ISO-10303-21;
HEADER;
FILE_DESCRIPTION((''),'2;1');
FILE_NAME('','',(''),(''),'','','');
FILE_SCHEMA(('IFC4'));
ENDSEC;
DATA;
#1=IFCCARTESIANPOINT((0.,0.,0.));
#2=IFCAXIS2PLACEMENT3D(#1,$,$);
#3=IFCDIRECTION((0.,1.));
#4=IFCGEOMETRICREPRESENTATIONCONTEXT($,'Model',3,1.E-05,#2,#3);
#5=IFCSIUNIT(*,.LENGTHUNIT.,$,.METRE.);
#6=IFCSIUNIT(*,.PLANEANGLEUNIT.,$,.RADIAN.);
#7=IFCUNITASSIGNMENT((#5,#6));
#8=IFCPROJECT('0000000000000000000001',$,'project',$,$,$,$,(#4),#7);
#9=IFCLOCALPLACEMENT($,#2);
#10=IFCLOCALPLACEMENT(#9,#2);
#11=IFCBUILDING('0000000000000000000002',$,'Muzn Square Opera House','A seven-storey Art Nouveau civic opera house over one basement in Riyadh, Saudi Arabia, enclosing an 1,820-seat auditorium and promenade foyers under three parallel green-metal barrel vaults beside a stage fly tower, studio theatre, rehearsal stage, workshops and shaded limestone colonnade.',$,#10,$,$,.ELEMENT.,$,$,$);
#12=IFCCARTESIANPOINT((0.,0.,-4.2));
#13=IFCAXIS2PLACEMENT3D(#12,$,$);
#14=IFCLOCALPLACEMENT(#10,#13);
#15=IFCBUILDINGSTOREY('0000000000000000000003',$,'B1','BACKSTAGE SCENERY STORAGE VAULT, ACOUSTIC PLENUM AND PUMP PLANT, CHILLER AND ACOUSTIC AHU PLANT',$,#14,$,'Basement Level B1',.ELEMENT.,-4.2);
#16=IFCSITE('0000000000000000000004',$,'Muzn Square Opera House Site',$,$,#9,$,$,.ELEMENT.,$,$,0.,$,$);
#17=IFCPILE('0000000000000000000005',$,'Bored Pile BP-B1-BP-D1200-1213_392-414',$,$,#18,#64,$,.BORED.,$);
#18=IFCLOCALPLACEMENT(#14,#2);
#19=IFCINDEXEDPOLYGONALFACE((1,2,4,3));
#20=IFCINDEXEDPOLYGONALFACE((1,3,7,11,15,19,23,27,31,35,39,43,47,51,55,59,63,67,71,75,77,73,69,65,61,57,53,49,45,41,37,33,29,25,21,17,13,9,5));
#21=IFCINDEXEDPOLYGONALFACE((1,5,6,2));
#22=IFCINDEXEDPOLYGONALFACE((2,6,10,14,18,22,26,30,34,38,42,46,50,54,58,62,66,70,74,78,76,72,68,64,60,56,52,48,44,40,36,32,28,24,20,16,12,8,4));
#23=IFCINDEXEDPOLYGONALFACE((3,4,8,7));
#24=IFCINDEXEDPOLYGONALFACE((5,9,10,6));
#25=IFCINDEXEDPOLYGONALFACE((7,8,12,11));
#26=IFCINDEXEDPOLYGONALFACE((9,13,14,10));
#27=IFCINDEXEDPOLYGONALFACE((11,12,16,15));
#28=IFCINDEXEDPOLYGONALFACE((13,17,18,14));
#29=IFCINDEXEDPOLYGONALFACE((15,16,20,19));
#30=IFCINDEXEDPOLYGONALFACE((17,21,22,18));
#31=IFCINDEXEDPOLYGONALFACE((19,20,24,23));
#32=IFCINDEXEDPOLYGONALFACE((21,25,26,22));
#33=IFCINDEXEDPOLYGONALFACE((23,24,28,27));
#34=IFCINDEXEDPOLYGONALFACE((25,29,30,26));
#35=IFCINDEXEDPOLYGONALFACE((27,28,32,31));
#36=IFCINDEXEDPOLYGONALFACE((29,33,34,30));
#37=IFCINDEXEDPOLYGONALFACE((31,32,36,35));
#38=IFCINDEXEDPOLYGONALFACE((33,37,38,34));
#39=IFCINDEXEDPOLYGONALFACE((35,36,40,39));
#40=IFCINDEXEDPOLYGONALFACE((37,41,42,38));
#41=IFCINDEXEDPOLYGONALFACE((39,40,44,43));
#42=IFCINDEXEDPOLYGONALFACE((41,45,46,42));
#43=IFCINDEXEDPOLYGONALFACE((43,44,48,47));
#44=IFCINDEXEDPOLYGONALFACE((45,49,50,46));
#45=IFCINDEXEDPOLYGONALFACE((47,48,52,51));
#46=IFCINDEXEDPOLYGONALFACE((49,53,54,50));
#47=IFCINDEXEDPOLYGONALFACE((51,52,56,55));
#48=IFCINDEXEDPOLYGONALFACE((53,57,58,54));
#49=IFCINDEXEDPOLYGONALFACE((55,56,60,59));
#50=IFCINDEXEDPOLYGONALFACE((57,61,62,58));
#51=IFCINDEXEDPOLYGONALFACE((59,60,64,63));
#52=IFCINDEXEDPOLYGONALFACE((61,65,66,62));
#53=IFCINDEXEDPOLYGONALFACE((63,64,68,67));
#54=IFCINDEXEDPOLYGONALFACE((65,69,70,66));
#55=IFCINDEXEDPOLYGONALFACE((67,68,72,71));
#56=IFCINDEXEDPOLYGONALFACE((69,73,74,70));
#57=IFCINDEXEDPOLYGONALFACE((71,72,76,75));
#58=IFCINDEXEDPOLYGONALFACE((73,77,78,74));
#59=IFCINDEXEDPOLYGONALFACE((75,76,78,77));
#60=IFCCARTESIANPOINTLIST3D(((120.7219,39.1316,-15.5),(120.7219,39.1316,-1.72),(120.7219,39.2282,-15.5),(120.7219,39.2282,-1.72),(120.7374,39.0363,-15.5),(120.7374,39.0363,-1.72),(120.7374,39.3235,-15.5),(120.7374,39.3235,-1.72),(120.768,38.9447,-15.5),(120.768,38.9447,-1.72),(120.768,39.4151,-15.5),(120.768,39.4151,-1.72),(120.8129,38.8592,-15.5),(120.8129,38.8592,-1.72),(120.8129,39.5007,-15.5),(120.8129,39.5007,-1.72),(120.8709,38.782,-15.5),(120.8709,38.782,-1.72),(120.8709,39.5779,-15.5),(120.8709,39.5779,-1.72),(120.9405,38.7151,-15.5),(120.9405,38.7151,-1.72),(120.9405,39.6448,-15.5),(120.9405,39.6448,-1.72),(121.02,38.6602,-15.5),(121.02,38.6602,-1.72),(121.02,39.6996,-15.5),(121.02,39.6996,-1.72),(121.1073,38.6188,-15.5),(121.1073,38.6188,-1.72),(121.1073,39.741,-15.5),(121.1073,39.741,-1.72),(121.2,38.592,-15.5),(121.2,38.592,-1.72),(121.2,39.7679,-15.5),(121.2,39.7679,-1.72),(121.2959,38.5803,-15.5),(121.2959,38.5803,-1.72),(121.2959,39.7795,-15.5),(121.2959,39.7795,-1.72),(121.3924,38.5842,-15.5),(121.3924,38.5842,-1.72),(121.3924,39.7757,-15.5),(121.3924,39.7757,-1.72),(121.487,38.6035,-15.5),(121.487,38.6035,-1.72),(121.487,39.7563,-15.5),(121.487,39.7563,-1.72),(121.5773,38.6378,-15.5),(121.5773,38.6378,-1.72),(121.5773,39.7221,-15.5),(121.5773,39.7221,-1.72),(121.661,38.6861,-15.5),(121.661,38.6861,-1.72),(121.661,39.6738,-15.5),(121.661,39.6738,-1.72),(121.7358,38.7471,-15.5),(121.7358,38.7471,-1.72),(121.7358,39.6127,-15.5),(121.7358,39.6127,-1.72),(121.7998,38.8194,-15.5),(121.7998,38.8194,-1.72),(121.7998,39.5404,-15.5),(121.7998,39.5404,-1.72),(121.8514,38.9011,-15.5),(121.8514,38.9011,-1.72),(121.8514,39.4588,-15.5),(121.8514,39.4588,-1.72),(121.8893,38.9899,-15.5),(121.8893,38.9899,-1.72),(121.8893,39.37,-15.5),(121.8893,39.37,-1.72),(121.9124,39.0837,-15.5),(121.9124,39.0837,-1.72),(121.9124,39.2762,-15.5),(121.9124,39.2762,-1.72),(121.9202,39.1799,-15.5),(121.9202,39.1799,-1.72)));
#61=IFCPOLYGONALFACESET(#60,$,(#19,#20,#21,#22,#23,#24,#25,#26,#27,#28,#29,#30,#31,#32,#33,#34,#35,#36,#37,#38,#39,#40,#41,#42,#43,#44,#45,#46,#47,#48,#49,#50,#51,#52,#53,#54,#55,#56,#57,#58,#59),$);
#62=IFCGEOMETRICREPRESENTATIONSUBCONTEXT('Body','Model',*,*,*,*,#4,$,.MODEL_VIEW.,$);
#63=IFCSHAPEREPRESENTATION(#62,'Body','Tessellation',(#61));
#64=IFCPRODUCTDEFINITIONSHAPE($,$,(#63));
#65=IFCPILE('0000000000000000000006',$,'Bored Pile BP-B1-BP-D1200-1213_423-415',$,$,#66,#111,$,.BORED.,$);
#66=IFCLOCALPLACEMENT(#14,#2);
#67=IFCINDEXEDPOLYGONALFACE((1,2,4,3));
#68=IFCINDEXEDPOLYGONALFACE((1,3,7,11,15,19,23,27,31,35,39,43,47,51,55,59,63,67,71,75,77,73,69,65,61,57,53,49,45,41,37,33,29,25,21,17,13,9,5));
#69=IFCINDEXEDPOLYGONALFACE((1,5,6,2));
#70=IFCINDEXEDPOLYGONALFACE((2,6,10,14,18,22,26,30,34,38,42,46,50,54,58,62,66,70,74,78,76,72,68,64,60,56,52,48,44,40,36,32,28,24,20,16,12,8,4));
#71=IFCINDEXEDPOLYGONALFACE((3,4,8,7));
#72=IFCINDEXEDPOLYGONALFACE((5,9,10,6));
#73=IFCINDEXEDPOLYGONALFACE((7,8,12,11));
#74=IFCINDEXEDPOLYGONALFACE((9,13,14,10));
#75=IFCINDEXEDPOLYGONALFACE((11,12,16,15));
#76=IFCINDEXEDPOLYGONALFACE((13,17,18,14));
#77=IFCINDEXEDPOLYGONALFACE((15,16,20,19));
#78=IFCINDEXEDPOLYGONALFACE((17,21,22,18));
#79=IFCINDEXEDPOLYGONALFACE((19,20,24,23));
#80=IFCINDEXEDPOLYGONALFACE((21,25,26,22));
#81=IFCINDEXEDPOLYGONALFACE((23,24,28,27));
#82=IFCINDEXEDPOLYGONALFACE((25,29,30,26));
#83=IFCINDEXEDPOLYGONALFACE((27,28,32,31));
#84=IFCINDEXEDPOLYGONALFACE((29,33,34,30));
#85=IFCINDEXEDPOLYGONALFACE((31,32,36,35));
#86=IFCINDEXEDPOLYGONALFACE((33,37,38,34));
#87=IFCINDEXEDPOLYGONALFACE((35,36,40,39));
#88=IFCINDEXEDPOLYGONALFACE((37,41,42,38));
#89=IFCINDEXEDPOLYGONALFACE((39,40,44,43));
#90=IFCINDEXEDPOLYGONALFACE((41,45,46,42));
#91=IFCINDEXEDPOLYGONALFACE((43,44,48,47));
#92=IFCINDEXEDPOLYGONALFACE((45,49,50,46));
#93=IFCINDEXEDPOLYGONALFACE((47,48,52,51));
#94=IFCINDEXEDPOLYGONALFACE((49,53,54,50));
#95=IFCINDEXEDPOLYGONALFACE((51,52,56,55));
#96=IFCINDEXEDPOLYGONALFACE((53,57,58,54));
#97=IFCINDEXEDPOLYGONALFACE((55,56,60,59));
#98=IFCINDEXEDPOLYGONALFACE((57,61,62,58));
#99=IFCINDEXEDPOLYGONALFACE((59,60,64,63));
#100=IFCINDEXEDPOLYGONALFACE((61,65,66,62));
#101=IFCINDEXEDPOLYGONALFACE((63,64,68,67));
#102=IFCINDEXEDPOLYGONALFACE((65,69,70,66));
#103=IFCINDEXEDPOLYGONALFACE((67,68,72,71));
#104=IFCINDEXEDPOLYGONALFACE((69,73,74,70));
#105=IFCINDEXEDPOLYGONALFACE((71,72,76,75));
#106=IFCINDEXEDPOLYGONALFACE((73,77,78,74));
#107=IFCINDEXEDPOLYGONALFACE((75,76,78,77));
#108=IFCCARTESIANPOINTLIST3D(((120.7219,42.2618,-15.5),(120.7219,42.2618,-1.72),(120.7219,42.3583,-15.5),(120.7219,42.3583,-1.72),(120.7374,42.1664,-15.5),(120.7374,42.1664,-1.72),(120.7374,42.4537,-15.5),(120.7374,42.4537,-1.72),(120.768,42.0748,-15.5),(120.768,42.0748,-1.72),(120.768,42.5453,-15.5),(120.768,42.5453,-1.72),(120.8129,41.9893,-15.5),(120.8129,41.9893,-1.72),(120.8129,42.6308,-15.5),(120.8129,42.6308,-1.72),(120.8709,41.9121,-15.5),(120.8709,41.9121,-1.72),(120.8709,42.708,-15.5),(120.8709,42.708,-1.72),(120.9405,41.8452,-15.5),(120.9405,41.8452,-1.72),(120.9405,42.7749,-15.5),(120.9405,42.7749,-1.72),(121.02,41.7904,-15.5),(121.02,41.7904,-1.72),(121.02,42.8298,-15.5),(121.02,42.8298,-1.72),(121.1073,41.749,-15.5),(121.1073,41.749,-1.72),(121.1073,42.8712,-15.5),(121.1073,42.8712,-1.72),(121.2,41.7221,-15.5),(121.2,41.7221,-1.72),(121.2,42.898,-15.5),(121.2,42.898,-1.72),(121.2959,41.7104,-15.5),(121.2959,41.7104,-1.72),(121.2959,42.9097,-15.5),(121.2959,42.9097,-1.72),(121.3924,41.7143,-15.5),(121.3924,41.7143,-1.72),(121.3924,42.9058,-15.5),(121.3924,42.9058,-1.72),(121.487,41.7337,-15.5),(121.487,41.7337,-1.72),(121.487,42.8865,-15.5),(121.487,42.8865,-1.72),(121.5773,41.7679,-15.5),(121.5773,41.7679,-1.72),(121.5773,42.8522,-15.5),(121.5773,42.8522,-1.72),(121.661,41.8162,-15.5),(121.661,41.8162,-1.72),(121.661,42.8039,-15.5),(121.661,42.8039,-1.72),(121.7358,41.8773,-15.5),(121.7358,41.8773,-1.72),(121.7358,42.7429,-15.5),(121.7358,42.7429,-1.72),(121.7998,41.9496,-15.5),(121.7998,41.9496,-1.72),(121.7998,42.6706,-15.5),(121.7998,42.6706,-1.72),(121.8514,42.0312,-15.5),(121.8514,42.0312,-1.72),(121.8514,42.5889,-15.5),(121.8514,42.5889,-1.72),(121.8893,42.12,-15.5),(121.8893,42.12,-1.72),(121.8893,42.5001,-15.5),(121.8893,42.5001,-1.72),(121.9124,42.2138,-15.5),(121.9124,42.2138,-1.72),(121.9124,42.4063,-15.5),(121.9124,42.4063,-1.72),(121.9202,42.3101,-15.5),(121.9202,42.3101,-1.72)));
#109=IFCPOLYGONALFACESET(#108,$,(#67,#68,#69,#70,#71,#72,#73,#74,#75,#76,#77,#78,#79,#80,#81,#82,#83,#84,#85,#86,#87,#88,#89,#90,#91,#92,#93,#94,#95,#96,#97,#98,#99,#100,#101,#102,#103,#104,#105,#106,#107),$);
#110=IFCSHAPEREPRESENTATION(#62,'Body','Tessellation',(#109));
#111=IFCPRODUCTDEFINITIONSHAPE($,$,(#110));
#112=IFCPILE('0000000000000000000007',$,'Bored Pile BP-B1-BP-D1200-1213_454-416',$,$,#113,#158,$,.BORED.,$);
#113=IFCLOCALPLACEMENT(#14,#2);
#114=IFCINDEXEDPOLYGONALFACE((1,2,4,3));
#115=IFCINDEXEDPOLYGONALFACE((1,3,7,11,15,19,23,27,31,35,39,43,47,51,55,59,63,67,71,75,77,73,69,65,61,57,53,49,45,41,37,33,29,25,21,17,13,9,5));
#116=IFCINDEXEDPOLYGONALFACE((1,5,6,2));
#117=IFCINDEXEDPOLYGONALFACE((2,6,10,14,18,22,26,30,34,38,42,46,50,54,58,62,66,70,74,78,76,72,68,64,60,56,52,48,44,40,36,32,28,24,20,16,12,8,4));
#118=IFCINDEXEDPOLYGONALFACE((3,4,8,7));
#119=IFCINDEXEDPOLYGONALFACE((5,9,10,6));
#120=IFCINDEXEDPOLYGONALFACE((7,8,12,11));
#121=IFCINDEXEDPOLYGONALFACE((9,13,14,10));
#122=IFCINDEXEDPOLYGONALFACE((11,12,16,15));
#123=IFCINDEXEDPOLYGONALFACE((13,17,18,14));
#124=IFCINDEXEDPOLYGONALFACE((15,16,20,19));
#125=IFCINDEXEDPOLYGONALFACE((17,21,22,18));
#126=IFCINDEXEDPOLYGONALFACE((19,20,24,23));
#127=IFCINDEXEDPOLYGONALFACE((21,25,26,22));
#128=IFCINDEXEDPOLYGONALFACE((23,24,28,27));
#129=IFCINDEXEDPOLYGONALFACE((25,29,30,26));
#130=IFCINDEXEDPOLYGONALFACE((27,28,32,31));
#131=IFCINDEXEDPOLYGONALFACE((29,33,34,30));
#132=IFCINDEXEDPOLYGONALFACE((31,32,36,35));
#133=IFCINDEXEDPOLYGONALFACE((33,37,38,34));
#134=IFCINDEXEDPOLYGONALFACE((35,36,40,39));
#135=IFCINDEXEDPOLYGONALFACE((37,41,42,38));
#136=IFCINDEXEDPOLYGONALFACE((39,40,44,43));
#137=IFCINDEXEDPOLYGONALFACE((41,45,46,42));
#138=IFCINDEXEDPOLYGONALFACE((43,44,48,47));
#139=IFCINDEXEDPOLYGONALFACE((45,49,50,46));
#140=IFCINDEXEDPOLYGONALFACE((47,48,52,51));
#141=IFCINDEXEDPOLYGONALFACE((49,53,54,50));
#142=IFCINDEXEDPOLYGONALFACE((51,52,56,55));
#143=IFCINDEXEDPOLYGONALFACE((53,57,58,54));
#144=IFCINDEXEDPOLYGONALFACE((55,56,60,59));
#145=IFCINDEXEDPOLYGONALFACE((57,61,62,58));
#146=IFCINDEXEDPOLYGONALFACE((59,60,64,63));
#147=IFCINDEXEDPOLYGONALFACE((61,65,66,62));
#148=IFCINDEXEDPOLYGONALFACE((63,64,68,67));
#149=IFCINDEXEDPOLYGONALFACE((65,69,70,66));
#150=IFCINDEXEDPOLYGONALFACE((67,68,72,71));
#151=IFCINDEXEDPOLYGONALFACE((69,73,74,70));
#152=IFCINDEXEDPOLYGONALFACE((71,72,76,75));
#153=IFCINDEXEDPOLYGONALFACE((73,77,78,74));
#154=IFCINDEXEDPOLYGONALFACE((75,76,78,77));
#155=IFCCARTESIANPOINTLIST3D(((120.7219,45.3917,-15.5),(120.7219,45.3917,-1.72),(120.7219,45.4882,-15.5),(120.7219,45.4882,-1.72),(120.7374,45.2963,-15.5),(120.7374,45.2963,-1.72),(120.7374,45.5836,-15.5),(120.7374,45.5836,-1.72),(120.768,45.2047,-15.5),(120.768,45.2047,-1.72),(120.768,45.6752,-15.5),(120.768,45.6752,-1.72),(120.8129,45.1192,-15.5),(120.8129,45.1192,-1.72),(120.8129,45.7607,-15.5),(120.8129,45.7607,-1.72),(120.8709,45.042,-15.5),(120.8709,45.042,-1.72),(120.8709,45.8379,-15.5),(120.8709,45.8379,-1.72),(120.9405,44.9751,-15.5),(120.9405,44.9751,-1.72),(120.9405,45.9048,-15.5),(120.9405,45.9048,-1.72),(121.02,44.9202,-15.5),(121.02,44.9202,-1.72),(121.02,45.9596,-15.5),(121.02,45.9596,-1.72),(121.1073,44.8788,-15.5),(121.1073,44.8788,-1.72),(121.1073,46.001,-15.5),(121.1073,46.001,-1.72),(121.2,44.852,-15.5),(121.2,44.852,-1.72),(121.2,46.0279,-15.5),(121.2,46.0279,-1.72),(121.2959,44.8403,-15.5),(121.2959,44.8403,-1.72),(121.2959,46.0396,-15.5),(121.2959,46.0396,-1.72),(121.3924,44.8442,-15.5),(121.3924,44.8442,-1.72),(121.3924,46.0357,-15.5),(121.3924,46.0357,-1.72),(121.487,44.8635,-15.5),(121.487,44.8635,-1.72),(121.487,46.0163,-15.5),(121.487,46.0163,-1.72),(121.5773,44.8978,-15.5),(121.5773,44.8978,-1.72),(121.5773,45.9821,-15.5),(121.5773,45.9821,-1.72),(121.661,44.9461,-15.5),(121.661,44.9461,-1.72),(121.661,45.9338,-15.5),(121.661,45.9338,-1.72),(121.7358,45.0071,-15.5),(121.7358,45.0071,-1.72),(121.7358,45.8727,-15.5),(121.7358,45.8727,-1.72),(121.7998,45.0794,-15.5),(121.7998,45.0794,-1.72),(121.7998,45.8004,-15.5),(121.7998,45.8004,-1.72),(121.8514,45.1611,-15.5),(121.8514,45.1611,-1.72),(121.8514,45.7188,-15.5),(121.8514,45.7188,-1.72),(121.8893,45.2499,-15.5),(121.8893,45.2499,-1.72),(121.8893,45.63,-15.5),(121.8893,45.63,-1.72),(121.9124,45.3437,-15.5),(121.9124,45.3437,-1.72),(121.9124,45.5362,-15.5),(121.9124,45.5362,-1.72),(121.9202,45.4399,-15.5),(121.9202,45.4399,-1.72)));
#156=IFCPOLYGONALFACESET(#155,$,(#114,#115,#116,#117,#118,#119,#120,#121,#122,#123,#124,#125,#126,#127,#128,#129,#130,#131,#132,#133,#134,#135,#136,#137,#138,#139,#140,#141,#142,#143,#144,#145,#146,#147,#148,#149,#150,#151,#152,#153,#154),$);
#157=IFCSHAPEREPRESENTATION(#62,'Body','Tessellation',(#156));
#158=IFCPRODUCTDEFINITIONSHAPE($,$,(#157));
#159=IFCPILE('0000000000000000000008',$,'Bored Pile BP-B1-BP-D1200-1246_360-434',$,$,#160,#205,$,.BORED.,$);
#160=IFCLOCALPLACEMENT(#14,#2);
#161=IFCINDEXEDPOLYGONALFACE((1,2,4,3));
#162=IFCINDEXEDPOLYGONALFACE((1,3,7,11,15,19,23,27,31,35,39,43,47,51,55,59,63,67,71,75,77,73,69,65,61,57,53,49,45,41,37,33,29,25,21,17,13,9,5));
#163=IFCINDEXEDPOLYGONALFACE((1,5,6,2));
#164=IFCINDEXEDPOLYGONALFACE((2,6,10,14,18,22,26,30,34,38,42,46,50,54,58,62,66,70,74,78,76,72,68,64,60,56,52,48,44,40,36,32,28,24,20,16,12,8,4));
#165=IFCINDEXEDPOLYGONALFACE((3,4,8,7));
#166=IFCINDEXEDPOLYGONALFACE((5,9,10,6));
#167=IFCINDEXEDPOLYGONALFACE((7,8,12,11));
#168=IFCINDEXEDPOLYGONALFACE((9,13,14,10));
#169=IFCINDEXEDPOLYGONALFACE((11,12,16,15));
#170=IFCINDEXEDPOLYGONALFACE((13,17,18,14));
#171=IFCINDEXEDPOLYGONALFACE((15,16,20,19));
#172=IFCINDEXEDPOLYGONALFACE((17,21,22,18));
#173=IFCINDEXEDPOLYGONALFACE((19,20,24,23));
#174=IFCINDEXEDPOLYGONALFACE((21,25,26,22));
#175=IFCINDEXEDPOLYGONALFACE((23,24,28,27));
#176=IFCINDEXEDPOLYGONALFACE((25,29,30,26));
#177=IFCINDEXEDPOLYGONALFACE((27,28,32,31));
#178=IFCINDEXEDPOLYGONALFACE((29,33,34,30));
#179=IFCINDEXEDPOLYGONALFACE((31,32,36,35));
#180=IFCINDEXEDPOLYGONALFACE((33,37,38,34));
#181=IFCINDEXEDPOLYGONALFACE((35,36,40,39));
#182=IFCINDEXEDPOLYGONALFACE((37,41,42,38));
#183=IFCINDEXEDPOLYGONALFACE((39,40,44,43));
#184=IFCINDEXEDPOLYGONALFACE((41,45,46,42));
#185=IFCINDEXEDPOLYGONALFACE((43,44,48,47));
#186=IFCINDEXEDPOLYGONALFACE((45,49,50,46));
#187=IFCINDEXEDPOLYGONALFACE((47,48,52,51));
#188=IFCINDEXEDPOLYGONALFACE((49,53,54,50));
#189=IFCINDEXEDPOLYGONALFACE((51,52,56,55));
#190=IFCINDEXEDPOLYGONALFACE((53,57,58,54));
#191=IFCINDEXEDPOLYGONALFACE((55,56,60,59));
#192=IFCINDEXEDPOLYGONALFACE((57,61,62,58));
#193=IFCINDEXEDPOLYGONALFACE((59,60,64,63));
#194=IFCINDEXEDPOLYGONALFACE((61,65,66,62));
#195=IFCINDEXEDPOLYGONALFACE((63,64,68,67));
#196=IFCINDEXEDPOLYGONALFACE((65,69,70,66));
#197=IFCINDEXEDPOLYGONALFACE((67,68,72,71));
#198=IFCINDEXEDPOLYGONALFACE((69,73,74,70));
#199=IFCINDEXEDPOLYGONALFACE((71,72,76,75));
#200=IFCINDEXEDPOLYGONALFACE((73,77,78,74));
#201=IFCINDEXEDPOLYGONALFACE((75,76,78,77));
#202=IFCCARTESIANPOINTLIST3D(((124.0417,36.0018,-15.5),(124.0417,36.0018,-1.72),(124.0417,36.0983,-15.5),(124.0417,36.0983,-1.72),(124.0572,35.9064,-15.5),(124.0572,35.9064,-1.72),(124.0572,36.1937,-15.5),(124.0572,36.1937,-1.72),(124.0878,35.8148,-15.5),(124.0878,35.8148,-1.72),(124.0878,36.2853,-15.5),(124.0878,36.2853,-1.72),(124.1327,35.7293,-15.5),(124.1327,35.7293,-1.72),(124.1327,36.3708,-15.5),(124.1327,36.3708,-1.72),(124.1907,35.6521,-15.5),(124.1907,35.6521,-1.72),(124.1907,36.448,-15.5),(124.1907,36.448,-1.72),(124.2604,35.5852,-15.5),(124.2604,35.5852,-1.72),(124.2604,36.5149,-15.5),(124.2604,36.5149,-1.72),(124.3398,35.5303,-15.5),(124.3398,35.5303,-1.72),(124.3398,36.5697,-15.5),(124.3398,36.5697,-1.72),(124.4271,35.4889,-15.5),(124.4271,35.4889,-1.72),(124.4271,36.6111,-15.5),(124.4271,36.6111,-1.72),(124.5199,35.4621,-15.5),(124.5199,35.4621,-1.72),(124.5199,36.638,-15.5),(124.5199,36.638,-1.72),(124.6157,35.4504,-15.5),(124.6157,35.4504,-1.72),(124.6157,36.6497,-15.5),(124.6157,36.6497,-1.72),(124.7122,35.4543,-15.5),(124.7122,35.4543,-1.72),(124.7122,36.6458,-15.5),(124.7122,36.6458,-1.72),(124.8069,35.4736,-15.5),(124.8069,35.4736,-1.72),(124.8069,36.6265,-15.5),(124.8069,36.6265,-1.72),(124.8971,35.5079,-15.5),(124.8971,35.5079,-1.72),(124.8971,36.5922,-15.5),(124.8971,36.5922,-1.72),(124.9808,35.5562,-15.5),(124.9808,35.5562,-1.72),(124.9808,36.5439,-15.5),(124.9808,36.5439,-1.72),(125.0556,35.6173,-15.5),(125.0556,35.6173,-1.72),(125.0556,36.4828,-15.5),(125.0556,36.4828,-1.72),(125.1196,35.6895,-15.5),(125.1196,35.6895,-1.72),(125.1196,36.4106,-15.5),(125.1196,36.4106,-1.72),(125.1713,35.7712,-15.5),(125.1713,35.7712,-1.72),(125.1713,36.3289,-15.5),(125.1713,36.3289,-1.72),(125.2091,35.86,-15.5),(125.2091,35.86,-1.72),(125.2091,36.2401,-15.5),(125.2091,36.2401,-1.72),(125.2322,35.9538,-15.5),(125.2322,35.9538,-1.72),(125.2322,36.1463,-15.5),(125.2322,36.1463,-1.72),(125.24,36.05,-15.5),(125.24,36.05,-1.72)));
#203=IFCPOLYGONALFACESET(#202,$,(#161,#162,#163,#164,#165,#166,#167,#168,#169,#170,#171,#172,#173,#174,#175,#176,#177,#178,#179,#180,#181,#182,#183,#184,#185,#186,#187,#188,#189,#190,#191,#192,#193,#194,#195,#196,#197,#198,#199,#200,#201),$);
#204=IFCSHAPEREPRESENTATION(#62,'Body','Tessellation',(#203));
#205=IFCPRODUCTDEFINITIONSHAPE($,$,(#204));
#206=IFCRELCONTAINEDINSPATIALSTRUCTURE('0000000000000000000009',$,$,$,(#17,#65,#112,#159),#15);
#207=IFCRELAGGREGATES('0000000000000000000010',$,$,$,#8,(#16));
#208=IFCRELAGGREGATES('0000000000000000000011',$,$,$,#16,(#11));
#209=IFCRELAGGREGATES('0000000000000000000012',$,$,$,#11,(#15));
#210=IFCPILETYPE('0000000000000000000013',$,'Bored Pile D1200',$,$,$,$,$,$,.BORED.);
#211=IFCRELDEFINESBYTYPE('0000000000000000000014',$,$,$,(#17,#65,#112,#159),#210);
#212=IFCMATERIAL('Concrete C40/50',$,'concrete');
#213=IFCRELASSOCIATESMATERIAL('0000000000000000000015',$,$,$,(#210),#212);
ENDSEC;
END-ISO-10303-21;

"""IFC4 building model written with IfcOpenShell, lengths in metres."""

from ifc_helpers import new_model, si_unit, direction, frame, origin, origin_2d, place, context, subcontext, project, spatial, circle, extrude, material, material_profile, profile_set, type_object, element, save


model = new_model("IFC4")

# Units and contexts
model_context = context("Model", 3, precision=1e-05, world=origin(), true_north=direction((0.0, 1.0)))
body_context = subcontext(model_context, "Body", "Model", "MODEL_VIEW")
ifc_project = project(units=[si_unit("LENGTHUNIT", "METRE"), si_unit("PLANEANGLEUNIT", "RADIAN")], contexts=[model_context])

# Site, building, storey
site_placement = place(None, origin())
site = spatial("IfcSite", under=ifc_project, at=site_placement, Name="Muzn Square Opera House Site", CompositionType="ELEMENT", RefElevation=0.0)
building_placement = place(site_placement, origin())
building = spatial("IfcBuilding", under=site, at=building_placement, Name="Muzn Square Opera House", Description="A seven-storey Art Nouveau civic opera house over one basement in Riyadh, Saudi Arabia, enclosing an 1,820-seat auditorium and promenade foyers under three parallel green-metal barrel vaults beside a stage fly tower, studio theatre, rehearsal stage, workshops and shaded limestone colonnade.", CompositionType="ELEMENT")
storey_placement = place(building_placement, frame((0.0, 0.0, -4.2)))
storey = spatial("IfcBuildingStorey", under=building, at=storey_placement, Name="B1", Description="BACKSTAGE SCENERY STORAGE VAULT, ACOUSTIC PLENUM AND PUMP PLANT, CHILLER AND ACOUSTIC AHU PLANT", LongName="Basement Level B1", CompositionType="ELEMENT", Elevation=-4.2)

# Piles
ifc_material_1 = material(Name="Concrete C40/50", Category="concrete")
ifc_material_profile_1 = material_profile(ifc_material_1, circle(Radius=0.6001, at=origin_2d()), Name="BORED PILE D1200", Category="concrete")
ifc_profile_set_1 = profile_set([ifc_material_profile_1], Name="Concrete C40/50")
pile_type = type_object("IfcPileType", Name="Bored Pile D1200", PredefinedType="BORED", material=ifc_profile_set_1)
for number, where, z_axis, x_axis, name in (
    (1, (121.3201, 39.1799, -1.72), (0.0, 0.0, -1.0), (1.0, 0.0, 0.0), "Bored Pile BP-B1-BP-D1200-1213_392-414"),
    (2, (121.3201, 42.3101, -1.72), (0.0, 0.0, -1.0), (1.0, 0.0, 0.0), "Bored Pile BP-B1-BP-D1200-1213_423-415"),
    (3, (121.3201, 45.4399, -1.72), (0.0, 0.0, -1.0), (1.0, 0.0, 0.0), "Bored Pile BP-B1-BP-D1200-1213_454-416"),
    (4, (124.6399, 36.05, -1.72), (0.0, 0.0, -1.0), (1.0, 0.0, 0.0), "Bored Pile BP-B1-BP-D1200-1246_360-434"),
):
    element("IfcPile", number, at=place(storey_placement, frame(where, z_axis=z_axis, x_axis=x_axis)), inside=storey, type_object=pile_type, Name=name, PredefinedType="BORED", context=body_context, shape_type="SweptSolid", body=[
        extrude(circle(Radius=0.6001, at=origin_2d()), origin(), (0.0, 0.0, 1.0), 13.78),
    ])

save(model, "model.ifc")
